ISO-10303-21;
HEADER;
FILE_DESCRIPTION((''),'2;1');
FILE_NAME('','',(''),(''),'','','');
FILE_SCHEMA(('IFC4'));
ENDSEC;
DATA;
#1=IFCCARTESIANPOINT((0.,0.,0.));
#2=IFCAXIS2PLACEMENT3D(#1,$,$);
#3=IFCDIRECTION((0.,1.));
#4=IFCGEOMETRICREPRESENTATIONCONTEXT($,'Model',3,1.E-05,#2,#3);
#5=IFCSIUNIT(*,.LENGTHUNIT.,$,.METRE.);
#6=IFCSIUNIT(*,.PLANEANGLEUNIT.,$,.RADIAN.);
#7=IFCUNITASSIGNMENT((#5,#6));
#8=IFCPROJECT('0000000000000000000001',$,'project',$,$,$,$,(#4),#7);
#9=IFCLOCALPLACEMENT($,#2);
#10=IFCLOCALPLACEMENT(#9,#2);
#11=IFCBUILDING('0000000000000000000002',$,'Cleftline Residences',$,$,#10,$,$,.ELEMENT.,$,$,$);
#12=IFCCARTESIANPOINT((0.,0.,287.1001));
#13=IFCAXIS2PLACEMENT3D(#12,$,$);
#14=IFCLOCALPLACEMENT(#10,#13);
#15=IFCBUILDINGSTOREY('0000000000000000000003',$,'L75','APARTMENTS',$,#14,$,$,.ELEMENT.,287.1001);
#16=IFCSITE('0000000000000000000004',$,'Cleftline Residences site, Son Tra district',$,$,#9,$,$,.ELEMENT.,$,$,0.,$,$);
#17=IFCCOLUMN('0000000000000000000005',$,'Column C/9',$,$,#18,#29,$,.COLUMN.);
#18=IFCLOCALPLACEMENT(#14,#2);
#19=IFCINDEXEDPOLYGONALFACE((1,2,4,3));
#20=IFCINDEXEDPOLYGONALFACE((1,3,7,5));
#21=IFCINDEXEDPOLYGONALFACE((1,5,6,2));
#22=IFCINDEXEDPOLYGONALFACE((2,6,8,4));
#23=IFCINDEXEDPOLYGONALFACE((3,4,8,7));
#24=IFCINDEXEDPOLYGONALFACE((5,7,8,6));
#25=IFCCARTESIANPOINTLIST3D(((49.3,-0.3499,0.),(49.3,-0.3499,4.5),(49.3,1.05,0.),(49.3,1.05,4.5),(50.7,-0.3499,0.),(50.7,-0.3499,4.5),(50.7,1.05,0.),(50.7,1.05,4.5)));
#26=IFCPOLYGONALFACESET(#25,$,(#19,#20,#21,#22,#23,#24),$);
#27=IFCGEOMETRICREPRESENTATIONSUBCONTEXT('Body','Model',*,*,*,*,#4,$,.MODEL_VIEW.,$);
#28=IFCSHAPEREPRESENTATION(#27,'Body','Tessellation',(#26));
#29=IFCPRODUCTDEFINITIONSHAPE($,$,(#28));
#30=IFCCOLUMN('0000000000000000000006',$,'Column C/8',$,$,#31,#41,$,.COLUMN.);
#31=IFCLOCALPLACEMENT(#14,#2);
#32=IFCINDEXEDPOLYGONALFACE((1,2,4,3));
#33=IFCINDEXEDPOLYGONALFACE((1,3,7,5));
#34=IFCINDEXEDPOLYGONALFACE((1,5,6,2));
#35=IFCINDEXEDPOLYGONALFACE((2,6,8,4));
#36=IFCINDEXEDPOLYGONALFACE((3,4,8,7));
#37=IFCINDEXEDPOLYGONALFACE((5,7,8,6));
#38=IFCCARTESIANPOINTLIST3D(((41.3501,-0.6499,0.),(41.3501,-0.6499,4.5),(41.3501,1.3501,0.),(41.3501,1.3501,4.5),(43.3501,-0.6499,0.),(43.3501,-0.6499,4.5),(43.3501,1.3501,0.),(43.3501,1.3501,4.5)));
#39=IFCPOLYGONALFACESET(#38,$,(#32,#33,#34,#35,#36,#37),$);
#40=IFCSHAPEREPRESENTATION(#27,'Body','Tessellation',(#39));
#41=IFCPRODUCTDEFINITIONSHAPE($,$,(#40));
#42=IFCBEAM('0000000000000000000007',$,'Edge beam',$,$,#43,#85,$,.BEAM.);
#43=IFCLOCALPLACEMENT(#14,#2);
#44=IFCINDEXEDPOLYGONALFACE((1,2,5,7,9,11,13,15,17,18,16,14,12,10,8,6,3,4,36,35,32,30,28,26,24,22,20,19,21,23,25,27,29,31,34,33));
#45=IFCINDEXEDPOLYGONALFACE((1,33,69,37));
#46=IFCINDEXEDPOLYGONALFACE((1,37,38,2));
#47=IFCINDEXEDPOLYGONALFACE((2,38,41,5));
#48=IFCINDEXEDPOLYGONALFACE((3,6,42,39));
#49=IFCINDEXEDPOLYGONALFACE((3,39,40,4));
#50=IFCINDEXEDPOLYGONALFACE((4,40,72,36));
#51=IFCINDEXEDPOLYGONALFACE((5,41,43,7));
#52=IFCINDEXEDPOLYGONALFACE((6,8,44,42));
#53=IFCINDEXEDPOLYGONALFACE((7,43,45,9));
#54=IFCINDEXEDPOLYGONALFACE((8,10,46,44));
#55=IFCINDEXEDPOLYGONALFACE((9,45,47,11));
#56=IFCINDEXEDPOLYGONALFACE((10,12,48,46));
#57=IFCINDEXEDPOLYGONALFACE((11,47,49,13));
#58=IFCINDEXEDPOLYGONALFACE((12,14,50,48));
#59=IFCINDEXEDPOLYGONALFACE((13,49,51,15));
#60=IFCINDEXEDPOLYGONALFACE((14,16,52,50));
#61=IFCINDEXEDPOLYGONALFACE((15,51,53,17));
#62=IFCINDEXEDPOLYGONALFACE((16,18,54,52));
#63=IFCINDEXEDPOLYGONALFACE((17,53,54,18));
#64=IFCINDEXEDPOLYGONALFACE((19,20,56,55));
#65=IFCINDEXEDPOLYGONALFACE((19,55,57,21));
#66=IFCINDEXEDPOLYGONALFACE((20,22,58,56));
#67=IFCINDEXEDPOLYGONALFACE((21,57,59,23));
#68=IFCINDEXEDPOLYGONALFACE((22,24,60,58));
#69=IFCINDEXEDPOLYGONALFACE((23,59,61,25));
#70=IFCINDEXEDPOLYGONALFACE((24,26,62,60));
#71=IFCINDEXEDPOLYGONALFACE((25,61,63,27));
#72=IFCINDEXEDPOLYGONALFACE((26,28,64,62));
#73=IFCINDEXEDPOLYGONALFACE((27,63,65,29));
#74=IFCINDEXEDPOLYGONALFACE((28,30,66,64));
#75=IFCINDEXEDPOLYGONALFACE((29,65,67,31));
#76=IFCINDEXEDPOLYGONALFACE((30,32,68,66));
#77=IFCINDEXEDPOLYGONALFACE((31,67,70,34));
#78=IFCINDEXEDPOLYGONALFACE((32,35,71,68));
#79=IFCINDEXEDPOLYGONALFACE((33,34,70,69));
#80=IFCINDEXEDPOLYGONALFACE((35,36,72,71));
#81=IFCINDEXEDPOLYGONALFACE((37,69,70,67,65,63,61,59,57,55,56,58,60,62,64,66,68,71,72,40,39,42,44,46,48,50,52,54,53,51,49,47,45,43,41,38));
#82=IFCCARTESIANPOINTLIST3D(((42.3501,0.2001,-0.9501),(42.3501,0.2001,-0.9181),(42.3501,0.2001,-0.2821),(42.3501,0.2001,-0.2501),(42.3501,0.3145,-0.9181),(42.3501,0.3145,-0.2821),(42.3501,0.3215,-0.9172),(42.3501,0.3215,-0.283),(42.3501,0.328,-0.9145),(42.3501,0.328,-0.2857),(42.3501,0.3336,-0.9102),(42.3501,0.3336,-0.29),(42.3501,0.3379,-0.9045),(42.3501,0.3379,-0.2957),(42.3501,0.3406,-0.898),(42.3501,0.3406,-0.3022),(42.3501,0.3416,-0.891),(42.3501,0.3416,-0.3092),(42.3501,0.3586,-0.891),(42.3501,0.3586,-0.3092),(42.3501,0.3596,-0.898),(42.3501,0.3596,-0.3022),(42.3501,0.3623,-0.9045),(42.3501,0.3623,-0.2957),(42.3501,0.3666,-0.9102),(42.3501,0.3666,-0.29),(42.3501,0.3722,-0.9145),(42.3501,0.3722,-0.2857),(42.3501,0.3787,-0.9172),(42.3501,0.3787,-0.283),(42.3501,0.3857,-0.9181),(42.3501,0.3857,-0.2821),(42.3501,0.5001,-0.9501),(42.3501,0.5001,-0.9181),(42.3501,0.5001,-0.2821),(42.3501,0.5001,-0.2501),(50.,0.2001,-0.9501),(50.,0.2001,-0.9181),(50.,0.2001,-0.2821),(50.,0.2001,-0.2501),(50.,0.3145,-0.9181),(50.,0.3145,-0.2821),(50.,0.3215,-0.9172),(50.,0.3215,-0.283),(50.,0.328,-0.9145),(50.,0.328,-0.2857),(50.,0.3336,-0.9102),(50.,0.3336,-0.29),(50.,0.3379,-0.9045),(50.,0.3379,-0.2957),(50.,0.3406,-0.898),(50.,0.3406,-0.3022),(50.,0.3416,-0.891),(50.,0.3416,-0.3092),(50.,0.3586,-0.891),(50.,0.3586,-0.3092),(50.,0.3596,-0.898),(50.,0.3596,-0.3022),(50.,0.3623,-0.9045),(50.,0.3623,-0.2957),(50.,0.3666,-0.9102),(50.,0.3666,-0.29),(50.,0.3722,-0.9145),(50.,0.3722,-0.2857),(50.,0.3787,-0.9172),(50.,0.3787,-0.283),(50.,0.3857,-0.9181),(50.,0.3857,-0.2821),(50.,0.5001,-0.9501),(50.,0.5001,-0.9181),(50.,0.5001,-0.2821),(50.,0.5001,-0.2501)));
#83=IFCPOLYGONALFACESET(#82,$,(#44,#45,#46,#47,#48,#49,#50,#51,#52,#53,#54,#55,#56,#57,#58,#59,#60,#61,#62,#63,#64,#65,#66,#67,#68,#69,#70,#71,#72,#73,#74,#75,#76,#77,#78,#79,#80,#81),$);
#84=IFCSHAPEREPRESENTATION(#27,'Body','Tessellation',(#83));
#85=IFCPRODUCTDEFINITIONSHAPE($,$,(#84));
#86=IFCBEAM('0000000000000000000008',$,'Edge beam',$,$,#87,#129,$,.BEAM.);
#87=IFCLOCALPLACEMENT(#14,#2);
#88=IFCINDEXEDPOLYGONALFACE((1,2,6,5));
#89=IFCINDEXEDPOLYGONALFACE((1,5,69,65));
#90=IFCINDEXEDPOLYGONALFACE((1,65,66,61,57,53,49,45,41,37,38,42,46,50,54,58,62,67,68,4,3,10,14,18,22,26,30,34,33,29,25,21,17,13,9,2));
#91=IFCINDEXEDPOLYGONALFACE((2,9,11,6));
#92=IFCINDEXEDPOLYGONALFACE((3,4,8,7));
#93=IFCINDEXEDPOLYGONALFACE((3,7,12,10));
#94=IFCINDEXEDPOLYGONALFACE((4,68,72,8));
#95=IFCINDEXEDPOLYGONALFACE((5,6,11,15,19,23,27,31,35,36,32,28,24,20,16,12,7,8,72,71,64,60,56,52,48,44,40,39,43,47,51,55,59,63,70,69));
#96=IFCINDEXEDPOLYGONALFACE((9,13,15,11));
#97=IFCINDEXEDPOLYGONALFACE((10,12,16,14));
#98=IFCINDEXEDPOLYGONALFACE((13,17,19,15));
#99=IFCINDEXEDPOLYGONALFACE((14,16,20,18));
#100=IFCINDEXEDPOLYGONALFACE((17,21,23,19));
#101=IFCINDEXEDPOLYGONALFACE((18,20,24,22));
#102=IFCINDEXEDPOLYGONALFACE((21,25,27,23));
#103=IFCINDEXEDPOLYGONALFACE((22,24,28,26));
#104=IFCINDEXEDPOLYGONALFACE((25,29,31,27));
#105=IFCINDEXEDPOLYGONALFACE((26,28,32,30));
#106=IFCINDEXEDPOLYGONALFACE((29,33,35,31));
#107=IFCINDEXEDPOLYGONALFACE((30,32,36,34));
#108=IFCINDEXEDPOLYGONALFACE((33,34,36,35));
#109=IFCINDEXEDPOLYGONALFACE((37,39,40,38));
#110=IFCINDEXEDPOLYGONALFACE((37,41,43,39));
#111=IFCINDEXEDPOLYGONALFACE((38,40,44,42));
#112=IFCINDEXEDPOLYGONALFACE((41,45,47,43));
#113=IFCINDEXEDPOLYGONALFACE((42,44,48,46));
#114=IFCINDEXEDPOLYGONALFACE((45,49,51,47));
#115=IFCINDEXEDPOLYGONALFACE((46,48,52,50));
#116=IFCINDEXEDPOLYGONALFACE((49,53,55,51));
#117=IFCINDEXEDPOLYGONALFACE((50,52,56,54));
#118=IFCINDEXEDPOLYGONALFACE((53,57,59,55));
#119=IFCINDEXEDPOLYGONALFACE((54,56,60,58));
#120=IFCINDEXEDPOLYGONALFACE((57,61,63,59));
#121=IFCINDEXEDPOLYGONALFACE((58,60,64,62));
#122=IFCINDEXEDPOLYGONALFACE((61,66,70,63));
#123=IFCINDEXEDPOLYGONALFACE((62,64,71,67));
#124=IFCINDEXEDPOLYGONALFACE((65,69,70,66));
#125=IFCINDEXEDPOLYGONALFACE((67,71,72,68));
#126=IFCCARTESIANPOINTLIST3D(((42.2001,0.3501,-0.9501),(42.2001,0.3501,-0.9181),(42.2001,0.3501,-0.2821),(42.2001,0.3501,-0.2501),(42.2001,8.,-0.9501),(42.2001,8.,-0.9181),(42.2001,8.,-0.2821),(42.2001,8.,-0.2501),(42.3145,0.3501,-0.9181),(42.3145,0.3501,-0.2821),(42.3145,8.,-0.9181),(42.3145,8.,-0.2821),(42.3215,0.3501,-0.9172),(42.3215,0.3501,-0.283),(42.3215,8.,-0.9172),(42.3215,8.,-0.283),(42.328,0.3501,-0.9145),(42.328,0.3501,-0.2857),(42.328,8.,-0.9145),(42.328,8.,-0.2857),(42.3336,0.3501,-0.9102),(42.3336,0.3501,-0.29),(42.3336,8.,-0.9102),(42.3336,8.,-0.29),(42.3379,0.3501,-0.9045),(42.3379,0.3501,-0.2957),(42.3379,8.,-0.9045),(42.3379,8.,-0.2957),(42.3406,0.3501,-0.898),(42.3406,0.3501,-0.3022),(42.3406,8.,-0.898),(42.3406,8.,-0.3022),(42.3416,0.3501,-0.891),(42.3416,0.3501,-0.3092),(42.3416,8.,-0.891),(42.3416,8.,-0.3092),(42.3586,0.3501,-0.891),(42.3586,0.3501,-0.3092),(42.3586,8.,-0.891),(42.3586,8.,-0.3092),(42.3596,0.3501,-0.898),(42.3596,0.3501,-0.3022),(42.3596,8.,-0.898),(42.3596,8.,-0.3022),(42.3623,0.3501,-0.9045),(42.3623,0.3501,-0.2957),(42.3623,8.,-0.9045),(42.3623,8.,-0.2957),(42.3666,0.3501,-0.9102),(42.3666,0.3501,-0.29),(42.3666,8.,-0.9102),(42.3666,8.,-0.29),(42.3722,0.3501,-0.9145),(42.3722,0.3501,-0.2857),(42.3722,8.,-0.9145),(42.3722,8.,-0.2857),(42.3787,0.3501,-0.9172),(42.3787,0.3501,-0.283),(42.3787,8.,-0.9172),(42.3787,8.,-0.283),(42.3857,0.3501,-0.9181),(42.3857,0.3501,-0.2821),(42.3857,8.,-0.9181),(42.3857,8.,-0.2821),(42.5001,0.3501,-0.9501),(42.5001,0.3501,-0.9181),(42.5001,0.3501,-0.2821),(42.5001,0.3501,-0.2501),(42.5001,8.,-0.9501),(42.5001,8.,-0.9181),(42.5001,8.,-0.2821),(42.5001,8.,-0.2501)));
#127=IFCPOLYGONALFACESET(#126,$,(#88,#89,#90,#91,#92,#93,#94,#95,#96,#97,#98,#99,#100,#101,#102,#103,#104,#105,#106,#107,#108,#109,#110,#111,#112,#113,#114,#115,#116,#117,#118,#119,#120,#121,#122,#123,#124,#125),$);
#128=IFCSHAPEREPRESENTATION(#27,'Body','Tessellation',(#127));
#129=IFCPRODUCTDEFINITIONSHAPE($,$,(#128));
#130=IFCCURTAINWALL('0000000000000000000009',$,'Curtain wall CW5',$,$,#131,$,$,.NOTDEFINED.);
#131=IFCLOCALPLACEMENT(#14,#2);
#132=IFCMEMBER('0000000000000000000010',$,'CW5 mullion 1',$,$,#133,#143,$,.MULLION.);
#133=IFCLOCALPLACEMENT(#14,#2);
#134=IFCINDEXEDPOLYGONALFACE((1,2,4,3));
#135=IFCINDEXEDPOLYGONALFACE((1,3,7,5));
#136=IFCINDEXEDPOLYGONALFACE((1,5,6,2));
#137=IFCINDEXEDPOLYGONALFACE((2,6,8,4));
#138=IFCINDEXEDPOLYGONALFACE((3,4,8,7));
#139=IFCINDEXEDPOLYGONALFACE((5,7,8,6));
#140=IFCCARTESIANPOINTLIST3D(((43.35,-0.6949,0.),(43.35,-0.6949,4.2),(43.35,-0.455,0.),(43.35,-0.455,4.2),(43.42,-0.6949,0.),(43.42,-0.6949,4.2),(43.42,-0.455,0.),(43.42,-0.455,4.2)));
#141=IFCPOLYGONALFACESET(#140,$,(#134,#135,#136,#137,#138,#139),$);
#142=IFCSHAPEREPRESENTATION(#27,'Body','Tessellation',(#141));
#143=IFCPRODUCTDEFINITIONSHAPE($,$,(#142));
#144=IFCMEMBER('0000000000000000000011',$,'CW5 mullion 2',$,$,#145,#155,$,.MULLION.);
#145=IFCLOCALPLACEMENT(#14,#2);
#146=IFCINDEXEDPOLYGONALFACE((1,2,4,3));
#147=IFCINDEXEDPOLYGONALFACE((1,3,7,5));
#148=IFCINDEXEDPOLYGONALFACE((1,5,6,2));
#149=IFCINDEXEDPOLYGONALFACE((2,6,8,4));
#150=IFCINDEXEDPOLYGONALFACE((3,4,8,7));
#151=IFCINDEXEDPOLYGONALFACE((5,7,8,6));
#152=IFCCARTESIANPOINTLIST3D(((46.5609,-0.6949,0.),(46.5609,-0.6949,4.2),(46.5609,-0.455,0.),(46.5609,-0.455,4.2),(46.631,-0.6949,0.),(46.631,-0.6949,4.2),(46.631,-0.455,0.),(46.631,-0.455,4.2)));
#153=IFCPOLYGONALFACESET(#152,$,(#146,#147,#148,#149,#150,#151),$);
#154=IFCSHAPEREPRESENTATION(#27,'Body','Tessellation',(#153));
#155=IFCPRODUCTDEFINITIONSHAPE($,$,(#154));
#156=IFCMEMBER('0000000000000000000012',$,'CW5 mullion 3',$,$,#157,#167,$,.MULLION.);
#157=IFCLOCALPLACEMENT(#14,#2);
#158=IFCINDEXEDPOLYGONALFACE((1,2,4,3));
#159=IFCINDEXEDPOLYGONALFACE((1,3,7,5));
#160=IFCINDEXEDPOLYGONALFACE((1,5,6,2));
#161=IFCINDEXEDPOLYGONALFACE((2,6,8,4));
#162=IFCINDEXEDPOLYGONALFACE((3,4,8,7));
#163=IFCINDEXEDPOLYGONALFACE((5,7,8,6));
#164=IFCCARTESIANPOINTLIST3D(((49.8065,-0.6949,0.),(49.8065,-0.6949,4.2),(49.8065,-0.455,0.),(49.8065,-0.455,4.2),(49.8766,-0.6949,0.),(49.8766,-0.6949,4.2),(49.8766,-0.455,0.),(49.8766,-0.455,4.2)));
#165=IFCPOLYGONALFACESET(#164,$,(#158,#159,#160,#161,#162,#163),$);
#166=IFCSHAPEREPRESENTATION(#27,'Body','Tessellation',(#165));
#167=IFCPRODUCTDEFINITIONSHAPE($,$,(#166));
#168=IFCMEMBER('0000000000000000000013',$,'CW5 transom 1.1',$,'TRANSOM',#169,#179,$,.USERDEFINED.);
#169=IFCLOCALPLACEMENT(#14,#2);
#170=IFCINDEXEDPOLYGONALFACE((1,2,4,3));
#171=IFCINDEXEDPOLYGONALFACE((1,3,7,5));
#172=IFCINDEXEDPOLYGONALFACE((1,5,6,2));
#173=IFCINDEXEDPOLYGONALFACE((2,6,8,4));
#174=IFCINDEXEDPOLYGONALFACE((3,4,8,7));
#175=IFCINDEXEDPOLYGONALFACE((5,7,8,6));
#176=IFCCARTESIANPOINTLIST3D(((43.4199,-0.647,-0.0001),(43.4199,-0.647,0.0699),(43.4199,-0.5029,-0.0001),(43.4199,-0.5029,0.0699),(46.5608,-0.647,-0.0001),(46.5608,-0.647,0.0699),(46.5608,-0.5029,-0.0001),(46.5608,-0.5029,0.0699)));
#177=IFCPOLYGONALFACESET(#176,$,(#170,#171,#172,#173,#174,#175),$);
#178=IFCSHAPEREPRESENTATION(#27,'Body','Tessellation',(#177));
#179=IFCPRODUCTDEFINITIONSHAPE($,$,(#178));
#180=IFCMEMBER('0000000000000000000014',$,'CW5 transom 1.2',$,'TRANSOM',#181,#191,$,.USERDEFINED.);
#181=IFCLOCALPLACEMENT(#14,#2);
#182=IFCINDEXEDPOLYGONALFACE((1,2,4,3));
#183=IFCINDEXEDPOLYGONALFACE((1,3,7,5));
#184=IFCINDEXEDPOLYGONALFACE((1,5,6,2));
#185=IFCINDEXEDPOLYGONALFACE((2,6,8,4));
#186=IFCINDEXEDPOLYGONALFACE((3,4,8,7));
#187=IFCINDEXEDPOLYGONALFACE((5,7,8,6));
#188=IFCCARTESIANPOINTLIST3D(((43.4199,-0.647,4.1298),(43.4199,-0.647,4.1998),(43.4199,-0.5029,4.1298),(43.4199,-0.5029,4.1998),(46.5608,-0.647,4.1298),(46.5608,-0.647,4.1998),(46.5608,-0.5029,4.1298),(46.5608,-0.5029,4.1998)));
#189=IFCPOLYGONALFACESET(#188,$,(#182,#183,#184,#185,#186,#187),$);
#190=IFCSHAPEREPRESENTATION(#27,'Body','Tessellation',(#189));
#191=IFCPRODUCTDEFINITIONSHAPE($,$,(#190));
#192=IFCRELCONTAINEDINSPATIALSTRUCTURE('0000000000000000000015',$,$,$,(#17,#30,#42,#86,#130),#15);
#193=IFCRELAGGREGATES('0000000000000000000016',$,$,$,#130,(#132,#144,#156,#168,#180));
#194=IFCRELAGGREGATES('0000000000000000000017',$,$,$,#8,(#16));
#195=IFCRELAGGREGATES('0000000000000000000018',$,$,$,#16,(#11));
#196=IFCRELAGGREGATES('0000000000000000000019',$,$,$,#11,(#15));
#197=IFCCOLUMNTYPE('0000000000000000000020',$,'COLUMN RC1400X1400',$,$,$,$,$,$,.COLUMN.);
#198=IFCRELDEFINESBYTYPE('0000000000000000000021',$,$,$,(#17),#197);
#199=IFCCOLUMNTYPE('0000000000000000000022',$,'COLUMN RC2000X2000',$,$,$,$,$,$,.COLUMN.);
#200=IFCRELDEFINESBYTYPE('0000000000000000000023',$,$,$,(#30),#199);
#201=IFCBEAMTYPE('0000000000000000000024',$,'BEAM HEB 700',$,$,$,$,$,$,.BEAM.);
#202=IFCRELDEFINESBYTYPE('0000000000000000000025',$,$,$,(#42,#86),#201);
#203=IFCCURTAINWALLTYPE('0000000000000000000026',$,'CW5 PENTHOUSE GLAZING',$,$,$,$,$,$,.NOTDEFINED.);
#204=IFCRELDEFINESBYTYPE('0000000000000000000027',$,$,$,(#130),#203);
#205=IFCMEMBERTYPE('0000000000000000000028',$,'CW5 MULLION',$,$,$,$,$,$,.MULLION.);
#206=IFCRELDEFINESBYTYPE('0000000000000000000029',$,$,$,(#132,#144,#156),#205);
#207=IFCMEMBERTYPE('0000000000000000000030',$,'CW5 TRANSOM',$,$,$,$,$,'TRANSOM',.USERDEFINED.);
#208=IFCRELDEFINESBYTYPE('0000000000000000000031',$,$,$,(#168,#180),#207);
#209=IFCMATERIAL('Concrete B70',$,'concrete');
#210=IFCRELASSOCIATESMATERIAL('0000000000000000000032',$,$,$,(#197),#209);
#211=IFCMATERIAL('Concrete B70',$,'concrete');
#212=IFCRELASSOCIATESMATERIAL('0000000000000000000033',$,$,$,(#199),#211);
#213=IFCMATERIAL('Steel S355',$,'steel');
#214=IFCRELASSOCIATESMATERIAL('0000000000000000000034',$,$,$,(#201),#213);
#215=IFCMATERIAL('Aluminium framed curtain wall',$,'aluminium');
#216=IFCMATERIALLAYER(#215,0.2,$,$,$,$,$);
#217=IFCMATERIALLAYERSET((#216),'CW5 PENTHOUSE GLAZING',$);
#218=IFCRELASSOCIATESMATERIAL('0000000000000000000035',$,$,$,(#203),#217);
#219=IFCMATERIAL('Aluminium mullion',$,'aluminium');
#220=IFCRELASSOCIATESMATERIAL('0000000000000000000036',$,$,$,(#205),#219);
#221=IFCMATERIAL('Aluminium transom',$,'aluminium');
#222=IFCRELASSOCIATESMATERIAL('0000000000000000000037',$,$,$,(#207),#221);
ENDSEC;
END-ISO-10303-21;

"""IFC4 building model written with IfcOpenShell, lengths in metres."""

from ifc_helpers import new_model, si_unit, direction, frame, origin, origin_2d, place, context, subcontext, project, spatial, rectangle, i_section, extrude, material, layer, layer_set, material_profile, profile_set, type_object, element, aggregate, save


model = new_model("IFC4")

# Units and contexts
model_context = context("Model", 3, precision=1e-05, world=origin(), true_north=direction((0.0, 1.0)))
body_context = subcontext(model_context, "Body", "Model", "MODEL_VIEW")
ifc_project = project(units=[si_unit("LENGTHUNIT", "METRE"), si_unit("PLANEANGLEUNIT", "RADIAN")], contexts=[model_context])

# Site, building, storey
site_placement = place(None, origin())
site = spatial("IfcSite", under=ifc_project, at=site_placement, Name="Cleftline Residences site, Son Tra district", CompositionType="ELEMENT", RefElevation=0.0)
building_placement = place(site_placement, origin())
building = spatial("IfcBuilding", under=site, at=building_placement, Name="Cleftline Residences", CompositionType="ELEMENT")
storey_placement = place(building_placement, frame((0.0, 0.0, 287.1001)))
storey = spatial("IfcBuildingStorey", under=building, at=storey_placement, Name="L75", Description="APARTMENTS", CompositionType="ELEMENT", Elevation=287.1001)

# Columns
ifc_material_1 = material(Name="Concrete B70", Category="concrete")
ifc_material_profile_1 = material_profile(ifc_material_1, rectangle(XDim=1.3999, YDim=1.3999, at=origin_2d()))
ifc_profile_set_1 = profile_set([ifc_material_profile_1], Name="Concrete B70")
column_type_1 = type_object("IfcColumnType", Name="COLUMN RC1400X1400", PredefinedType="COLUMN", material=ifc_profile_set_1)
column_1_placement = place(storey_placement, frame((50.0, 0.3501, 0.0), z_axis=(0.0, 0.0, 1.0), x_axis=(1.0, 0.0, 0.0)))
element("IfcColumn", 1, at=column_1_placement, inside=storey, type_object=column_type_1, Name="Column C/9", PredefinedType="COLUMN", context=body_context, shape_type="SweptSolid", body=[
    extrude(rectangle(XDim=1.3999, YDim=1.3999, at=origin_2d()), origin(), (0.0, 0.0, 1.0), 4.5),
])
ifc_material_2 = material(Name="Concrete B70", Category="concrete")
ifc_material_profile_2 = material_profile(ifc_material_2, rectangle(XDim=2.0, YDim=2.0, at=origin_2d()))
ifc_profile_set_2 = profile_set([ifc_material_profile_2], Name="Concrete B70")
column_type_2 = type_object("IfcColumnType", Name="COLUMN RC2000X2000", PredefinedType="COLUMN", material=ifc_profile_set_2)
column_2_placement = place(storey_placement, frame((42.3501, 0.3501, 0.0), z_axis=(0.0, 0.0, 1.0), x_axis=(1.0, 0.0, 0.0)))
element("IfcColumn", 2, at=column_2_placement, inside=storey, type_object=column_type_2, Name="Column C/8", PredefinedType="COLUMN", context=body_context, shape_type="SweptSolid", body=[
    extrude(rectangle(XDim=2.0, YDim=2.0, at=origin_2d()), origin(), (0.0, 0.0, 1.0), 4.5),
])

# Beams
ifc_material_3 = material(Name="Steel S355", Category="steel")
ifc_material_profile_3 = material_profile(ifc_material_3, i_section(OverallWidth=0.3, OverallDepth=0.7, WebThickness=0.0171, FlangeThickness=0.032, FilletRadius=0.0271, at=origin_2d()))
ifc_profile_set_3 = profile_set([ifc_material_profile_3], Name="Steel S355")
beam_type = type_object("IfcBeamType", Name="BEAM HEB 700", PredefinedType="BEAM", material=ifc_profile_set_3)
for number, where, z_axis, x_axis, name in (
    (3, (50.0, 0.3501, -0.6001), (-1.0, 0.0, 0.0), (0.0, -1.0, 0.0), "Edge beam"),
    (4, (42.3501, 0.3501, -0.6001), (0.0, 1.0, 0.0), (-1.0, 0.0, 0.0), "Edge beam"),
):
    element("IfcBeam", number, at=place(storey_placement, frame(where, z_axis=z_axis, x_axis=x_axis)), inside=storey, type_object=beam_type, Name=name, PredefinedType="BEAM", context=body_context, shape_type="SweptSolid", body=[
        extrude(i_section(OverallWidth=0.3, OverallDepth=0.7, WebThickness=0.0171, FlangeThickness=0.032, FilletRadius=0.0271, at=origin_2d()), origin(), (0.0, 0.0, 1.0), 7.6499),
    ])

# Curtain wall, members
ifc_material_4 = material(Name="Aluminium framed curtain wall", Category="aluminium")
ifc_layer_1 = layer(ifc_material_4, 0.2)
ifc_layer_set_1 = layer_set([ifc_layer_1], Name="CW5 PENTHOUSE GLAZING")
curtain_wall_type = type_object("IfcCurtainWallType", Name="CW5 PENTHOUSE GLAZING", PredefinedType="NOTDEFINED", material=ifc_layer_set_1)
curtain_wall_placement = place(storey_placement, origin())
curtain_wall = element("IfcCurtainWall", 5, at=curtain_wall_placement, inside=storey, type_object=curtain_wall_type, Name="Curtain wall CW5", PredefinedType="NOTDEFINED")
ifc_material_5 = material(Name="Aluminium mullion", Category="aluminium")
ifc_material_profile_4 = material_profile(ifc_material_5, rectangle(XDim=0.24, YDim=0.0701, at=origin_2d()))
ifc_profile_set_4 = profile_set([ifc_material_profile_4], Name="Aluminium mullion")
member_type_1 = type_object("IfcMemberType", Name="CW5 MULLION", PredefinedType="MULLION", material=ifc_profile_set_4)
member_1_placement = place(storey_placement, frame((43.385, -0.575, 0.0), z_axis=(0.0, 0.0, 1.0), x_axis=(0.0, 1.0, 0.0)))
member_1 = element("IfcMember", 6, at=member_1_placement, type_object=member_type_1, Name="CW5 mullion 1", PredefinedType="MULLION", context=body_context, shape_type="SweptSolid", body=[
    extrude(rectangle(XDim=0.24, YDim=0.0701, at=origin_2d()), origin(), (0.0, 0.0, 1.0), 4.2),
])
member_2_placement = place(storey_placement, frame((46.5959, -0.575, 0.0), z_axis=(0.0, 0.0, 1.0), x_axis=(0.0, 1.0, 0.0)))
member_2 = element("IfcMember", 7, at=member_2_placement, type_object=member_type_1, Name="CW5 mullion 2", PredefinedType="MULLION", context=body_context, shape_type="SweptSolid", body=[
    extrude(rectangle(XDim=0.24, YDim=0.0701, at=origin_2d()), origin(), (0.0, 0.0, 1.0), 4.2),
])
member_3_placement = place(storey_placement, frame((49.8416, -0.575, 0.0), z_axis=(0.0, 0.0, 1.0), x_axis=(0.0, 1.0, 0.0)))
member_3 = element("IfcMember", 8, at=member_3_placement, type_object=member_type_1, Name="CW5 mullion 3", PredefinedType="MULLION", context=body_context, shape_type="SweptSolid", body=[
    extrude(rectangle(XDim=0.24, YDim=0.0701, at=origin_2d()), origin(), (0.0, 0.0, 1.0), 4.2),
])
ifc_material_6 = material(Name="Aluminium transom", Category="aluminium")
ifc_material_profile_5 = material_profile(ifc_material_6, rectangle(XDim=0.144, YDim=0.0701, at=origin_2d()))
ifc_profile_set_5 = profile_set([ifc_material_profile_5], Name="Aluminium transom")
member_type_2 = type_object("IfcMemberType", Name="CW5 TRANSOM", ElementType="TRANSOM", PredefinedType="USERDEFINED", material=ifc_profile_set_5)
member_4_placement = place(storey_placement, frame((43.4199, -0.575, 0.0349), z_axis=(1.0, 0.0, 0.0), x_axis=(0.0, 1.0, 0.0)))
member_4 = element("IfcMember", 9, at=member_4_placement, type_object=member_type_2, Name="CW5 transom 1.1", ObjectType="TRANSOM", PredefinedType="USERDEFINED", context=body_context, shape_type="SweptSolid", body=[
    extrude(rectangle(XDim=0.144, YDim=0.0701, at=origin_2d()), origin(), (0.0, 0.0, 1.0), 3.1409),
])
member_5_placement = place(storey_placement, frame((43.4199, -0.575, 4.1648), z_axis=(1.0, 0.0, 0.0), x_axis=(0.0, 1.0, 0.0)))
member_5 = element("IfcMember", 10, at=member_5_placement, type_object=member_type_2, Name="CW5 transom 1.2", ObjectType="TRANSOM", PredefinedType="USERDEFINED", context=body_context, shape_type="SweptSolid", body=[
    extrude(rectangle(XDim=0.144, YDim=0.0701, at=origin_2d()), origin(), (0.0, 0.0, 1.0), 3.1409),
])
aggregate(curtain_wall, [member_1, member_2, member_3, member_4, member_5])

save(model, "model.ifc")
